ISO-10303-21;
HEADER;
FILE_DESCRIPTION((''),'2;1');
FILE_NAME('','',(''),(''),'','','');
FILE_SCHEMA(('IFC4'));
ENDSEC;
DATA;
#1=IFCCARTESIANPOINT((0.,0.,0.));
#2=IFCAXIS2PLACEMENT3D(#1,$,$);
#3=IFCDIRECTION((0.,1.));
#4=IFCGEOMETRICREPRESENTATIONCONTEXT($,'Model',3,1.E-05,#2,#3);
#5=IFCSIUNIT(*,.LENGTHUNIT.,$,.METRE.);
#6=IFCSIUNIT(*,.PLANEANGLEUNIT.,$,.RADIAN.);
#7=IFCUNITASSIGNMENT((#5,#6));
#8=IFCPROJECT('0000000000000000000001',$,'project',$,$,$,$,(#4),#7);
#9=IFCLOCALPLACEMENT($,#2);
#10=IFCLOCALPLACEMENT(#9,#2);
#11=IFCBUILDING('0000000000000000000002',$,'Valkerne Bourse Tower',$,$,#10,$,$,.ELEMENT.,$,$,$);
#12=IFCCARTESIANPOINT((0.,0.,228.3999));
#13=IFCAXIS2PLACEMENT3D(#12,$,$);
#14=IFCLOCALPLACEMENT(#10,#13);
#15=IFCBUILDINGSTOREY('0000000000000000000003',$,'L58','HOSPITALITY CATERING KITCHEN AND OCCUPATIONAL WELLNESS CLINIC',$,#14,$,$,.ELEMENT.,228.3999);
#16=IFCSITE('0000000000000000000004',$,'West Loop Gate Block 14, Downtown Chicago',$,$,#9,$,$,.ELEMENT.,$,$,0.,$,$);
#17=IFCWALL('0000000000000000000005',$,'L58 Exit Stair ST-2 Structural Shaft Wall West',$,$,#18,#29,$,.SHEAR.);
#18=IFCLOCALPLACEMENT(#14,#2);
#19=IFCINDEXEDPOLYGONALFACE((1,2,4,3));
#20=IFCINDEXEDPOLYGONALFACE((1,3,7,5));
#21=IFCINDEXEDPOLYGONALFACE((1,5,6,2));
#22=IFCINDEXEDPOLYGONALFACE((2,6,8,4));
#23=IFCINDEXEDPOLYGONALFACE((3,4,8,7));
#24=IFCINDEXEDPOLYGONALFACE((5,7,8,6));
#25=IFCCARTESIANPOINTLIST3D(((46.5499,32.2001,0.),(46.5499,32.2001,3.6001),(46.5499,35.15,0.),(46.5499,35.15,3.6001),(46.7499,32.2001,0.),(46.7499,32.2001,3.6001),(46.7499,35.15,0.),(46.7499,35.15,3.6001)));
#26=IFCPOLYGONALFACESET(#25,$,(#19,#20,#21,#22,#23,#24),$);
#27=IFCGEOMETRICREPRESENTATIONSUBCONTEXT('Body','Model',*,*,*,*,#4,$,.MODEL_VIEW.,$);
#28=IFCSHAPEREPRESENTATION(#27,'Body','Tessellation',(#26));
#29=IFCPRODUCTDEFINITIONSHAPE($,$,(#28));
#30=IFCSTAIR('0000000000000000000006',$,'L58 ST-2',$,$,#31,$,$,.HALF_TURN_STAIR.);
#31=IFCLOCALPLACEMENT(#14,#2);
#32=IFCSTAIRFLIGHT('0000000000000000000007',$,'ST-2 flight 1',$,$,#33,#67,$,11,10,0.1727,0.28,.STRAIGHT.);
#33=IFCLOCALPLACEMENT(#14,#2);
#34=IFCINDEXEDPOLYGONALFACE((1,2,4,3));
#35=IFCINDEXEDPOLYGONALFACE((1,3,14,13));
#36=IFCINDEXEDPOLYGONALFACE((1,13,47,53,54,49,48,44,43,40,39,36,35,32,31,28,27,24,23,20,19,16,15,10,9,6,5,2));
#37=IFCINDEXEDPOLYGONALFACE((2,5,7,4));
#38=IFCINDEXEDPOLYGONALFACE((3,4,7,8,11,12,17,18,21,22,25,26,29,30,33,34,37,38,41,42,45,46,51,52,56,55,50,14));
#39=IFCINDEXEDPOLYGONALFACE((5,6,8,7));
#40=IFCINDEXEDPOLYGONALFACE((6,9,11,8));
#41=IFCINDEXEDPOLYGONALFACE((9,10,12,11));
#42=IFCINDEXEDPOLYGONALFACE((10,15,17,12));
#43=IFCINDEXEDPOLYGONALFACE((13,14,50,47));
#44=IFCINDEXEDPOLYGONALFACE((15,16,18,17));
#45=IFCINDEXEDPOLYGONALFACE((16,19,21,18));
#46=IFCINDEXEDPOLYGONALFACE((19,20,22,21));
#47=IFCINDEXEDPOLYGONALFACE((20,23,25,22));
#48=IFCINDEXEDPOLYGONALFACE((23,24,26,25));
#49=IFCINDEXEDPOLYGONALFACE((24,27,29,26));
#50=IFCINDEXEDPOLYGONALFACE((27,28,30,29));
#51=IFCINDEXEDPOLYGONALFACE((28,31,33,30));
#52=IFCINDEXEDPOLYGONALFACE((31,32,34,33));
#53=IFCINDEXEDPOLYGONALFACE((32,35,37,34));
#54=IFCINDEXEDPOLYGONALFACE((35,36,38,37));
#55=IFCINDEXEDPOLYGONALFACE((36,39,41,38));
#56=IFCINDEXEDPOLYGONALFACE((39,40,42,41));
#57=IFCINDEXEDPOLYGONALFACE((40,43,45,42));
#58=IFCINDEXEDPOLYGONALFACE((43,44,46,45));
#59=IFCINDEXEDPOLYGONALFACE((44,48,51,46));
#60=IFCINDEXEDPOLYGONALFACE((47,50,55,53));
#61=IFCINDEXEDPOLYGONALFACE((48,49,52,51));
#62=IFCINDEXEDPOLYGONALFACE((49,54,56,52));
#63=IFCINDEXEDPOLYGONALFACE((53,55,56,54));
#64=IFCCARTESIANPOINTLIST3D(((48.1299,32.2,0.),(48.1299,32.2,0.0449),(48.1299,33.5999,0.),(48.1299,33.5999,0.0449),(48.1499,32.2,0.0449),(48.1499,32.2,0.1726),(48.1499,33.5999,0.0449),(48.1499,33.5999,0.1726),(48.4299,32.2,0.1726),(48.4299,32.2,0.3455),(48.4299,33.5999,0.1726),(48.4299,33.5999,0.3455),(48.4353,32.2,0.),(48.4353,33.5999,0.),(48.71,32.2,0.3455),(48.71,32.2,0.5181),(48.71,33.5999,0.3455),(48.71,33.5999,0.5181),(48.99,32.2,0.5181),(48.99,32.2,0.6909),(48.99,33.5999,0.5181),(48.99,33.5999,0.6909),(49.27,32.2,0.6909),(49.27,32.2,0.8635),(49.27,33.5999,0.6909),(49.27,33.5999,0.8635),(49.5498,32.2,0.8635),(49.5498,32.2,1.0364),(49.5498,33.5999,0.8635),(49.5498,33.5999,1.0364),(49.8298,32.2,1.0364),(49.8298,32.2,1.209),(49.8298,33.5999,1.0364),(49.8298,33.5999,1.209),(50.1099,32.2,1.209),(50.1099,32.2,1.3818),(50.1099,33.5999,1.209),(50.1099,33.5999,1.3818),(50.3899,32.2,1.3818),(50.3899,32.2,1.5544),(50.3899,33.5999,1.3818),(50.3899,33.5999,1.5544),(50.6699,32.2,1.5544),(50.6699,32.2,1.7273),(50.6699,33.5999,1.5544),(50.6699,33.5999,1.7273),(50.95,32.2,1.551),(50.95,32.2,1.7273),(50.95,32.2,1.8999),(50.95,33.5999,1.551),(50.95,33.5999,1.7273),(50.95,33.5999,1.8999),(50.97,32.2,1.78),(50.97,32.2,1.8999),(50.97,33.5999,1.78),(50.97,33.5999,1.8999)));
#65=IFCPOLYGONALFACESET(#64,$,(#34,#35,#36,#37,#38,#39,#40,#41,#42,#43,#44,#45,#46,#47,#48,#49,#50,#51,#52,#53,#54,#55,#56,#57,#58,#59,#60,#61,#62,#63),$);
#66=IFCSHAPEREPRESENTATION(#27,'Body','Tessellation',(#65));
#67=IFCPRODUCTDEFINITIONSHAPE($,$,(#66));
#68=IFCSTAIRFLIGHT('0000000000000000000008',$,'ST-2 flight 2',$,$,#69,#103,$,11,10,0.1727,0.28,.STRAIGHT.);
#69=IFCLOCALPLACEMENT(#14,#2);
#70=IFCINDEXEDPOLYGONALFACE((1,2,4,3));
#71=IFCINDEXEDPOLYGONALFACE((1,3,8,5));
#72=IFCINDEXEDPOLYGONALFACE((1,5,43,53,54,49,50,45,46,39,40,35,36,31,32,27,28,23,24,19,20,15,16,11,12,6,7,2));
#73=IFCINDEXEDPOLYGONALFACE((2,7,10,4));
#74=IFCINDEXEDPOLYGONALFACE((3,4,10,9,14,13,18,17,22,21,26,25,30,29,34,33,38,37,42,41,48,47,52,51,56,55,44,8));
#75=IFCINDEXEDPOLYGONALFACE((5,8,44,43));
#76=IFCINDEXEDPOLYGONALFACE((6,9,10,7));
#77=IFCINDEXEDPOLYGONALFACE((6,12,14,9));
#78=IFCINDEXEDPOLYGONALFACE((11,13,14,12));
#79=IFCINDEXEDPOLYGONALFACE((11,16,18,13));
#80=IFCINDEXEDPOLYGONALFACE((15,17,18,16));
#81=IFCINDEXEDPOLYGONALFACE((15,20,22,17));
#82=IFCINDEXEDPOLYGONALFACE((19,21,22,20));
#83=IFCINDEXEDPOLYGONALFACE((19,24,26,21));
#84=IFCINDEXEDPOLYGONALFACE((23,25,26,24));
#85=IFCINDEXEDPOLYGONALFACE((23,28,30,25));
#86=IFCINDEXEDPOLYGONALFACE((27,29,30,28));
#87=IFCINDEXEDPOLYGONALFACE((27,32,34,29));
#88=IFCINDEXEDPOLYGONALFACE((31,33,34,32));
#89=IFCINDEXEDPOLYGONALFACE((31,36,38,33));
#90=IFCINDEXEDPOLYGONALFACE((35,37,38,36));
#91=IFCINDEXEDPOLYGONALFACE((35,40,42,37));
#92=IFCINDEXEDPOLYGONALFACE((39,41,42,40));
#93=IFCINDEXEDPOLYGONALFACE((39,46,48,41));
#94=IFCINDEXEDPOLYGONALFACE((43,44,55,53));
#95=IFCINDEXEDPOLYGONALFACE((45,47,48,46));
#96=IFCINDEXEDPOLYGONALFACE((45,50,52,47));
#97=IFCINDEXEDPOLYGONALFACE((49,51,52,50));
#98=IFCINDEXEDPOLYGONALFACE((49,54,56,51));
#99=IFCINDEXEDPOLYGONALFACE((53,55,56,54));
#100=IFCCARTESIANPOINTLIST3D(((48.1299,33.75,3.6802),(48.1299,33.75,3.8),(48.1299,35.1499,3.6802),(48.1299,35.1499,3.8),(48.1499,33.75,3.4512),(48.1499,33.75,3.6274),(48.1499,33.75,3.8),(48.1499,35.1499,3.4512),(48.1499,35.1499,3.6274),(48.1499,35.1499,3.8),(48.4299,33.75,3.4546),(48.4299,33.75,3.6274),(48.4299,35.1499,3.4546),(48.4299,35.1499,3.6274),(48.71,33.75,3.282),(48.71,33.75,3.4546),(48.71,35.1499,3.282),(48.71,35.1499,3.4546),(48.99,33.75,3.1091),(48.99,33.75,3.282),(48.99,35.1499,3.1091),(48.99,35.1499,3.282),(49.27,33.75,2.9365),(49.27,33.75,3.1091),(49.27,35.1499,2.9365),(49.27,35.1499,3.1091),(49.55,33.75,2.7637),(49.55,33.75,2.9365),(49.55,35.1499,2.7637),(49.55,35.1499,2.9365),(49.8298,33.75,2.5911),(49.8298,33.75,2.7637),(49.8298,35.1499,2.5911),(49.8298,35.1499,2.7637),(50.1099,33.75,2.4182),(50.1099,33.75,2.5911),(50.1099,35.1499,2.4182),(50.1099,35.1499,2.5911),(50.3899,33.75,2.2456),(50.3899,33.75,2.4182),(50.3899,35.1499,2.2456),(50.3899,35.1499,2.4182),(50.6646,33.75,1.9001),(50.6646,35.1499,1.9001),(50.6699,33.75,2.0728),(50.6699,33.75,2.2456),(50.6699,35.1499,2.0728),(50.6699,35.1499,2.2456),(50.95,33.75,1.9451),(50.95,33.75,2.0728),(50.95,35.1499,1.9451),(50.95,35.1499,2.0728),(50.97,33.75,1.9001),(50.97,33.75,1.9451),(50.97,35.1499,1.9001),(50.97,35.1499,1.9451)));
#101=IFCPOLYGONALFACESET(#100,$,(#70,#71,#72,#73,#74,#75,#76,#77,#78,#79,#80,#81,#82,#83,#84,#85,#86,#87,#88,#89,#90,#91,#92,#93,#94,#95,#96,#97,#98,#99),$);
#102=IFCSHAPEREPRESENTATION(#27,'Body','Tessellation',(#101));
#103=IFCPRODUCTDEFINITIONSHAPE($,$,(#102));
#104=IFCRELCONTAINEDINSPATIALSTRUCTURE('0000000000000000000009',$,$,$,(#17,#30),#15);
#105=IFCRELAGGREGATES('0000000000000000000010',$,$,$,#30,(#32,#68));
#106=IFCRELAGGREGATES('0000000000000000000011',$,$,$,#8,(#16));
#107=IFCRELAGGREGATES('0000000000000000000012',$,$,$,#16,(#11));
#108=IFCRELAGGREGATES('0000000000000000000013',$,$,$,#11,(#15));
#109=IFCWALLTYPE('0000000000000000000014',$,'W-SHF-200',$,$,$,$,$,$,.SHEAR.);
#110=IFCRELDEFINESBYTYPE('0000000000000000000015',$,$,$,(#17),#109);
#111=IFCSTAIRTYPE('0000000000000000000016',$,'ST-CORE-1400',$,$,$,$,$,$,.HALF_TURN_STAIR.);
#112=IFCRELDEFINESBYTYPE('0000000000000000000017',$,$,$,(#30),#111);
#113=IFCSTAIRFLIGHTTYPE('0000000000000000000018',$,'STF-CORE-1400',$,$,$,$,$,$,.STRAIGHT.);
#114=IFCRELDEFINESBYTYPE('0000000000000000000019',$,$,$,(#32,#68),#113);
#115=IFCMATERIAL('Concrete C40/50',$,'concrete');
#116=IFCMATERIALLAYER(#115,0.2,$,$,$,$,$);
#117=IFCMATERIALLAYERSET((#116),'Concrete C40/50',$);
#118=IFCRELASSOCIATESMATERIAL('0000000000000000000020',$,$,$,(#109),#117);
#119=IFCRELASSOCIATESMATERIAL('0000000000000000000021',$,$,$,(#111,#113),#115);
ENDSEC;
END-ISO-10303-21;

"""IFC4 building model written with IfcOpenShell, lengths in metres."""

from ifc_helpers import new_model, si_unit, direction, frame, frame_2d, origin, place, context, subcontext, project, spatial, polyline, rectangle, outline, extrude, material, layer, layer_set, type_object, element, aggregate, save


model = new_model("IFC4")

# Units and contexts
model_context = context("Model", 3, precision=1e-05, world=origin(), true_north=direction((0.0, 1.0)))
body_context = subcontext(model_context, "Body", "Model", "MODEL_VIEW")
ifc_project = project(units=[si_unit("LENGTHUNIT", "METRE"), si_unit("PLANEANGLEUNIT", "RADIAN")], contexts=[model_context])

# Site, building, storey
site_placement = place(None, origin())
site = spatial("IfcSite", under=ifc_project, at=site_placement, Name="West Loop Gate Block 14, Downtown Chicago", CompositionType="ELEMENT", RefElevation=0.0)
building_placement = place(site_placement, origin())
building = spatial("IfcBuilding", under=site, at=building_placement, Name="Valkerne Bourse Tower", CompositionType="ELEMENT")
storey_placement = place(building_placement, frame((0.0, 0.0, 228.3999)))
storey = spatial("IfcBuildingStorey", under=building, at=storey_placement, Name="L58", Description="HOSPITALITY CATERING KITCHEN AND OCCUPATIONAL WELLNESS CLINIC", CompositionType="ELEMENT", Elevation=228.3999)

# Shared definitions
ifc_material_1 = material(Name="Concrete C40/50", Category="concrete")
ifc_layer_1 = layer(ifc_material_1, 0.2)
ifc_layer_set_1 = layer_set([ifc_layer_1], Name="Concrete C40/50")
wall_type_1 = type_object("IfcWallType", Name="W-SHF-200", PredefinedType="SHEAR", material=ifc_layer_set_1)

# Wall
wall_1_placement = place(storey_placement, frame((46.6499, 32.2, 0.0), z_axis=(0.0, 0.0, 1.0), x_axis=(0.0, 1.0, 0.0)))
element("IfcWall", 1, at=wall_1_placement, inside=storey, type_object=wall_type_1, Name="L58 Exit Stair ST-2 Structural Shaft Wall West", PredefinedType="SHEAR", context=body_context, shape_type="SweptSolid", body=[
    extrude(rectangle(XDim=2.95, YDim=0.2, at=frame_2d((1.4751, 0.0))), origin(), (0.0, 0.0, 1.0), 3.6001),
])

# Stair, stair flights
stair_type = type_object("IfcStairType", Name="ST-CORE-1400", PredefinedType="HALF_TURN_STAIR", material=ifc_material_1)
stair_placement = place(storey_placement, origin())
stair = element("IfcStair", 2, at=stair_placement, inside=storey, type_object=stair_type, Name="L58 ST-2", PredefinedType="HALF_TURN_STAIR")
stair_flight_type = type_object("IfcStairFlightType", Name="STF-CORE-1400", PredefinedType="STRAIGHT", material=ifc_material_1)
stair_flight_1_placement = place(storey_placement, frame((48.1499, 32.8999, 0.0), z_axis=(0.0, 0.0, 1.0), x_axis=(1.0, 0.0, 0.0)))
stair_flight_1 = element("IfcStairFlight", 3, at=stair_flight_1_placement, type_object=stair_flight_type, Name="ST-2 flight 1", NumberOfRisers=11, NumberOfTreads=10, PredefinedType="STRAIGHT", RiserHeight=0.1727, TreadLength=0.28, context=body_context, shape_type="SweptSolid", body=[
    extrude(outline(polyline([(-0.02, 0.0), (-0.02, 0.0449), (0.0, 0.0449), (0.0, 0.1726), (0.28, 0.1726), (0.28, 0.3455), (0.5601, 0.3455), (0.5601, 0.5181), (0.8401, 0.5181), (0.8401, 0.6909), (1.1201, 0.6909), (1.1201, 0.8635), (1.3999, 0.8635), (1.3999, 1.0364), (1.6799, 1.0364), (1.6799, 1.209), (1.96, 1.209), (1.96, 1.3818), (2.24, 1.3818), (2.24, 1.5544), (2.52, 1.5544), (2.52, 1.7273), (2.8, 1.7273), (2.8, 1.8999), (2.8201, 1.8999), (2.8201, 1.78), (2.8, 1.551), (0.2854, 0.0), (-0.02, 0.0)])), frame((0.0, 0.7, 0.0), z_axis=(0.0, -1.0, 0.0), x_axis=(1.0, 0.0, 0.0)), (0.0, 0.0, 1.0), 1.3999),
])
stair_flight_2_placement = place(storey_placement, frame((50.95, 34.45, 1.9001), z_axis=(0.0, 0.0, 1.0), x_axis=(-1.0, 0.0, 0.0)))
stair_flight_2 = element("IfcStairFlight", 4, at=stair_flight_2_placement, type_object=stair_flight_type, Name="ST-2 flight 2", NumberOfRisers=11, NumberOfTreads=10, PredefinedType="STRAIGHT", RiserHeight=0.1727, TreadLength=0.28, context=body_context, shape_type="SweptSolid", body=[
    extrude(outline(polyline([(-0.02, 0.0), (-0.02, 0.0449), (0.0, 0.0449), (0.0, 0.1726), (0.28, 0.1726), (0.28, 0.3455), (0.5601, 0.3455), (0.5601, 0.5181), (0.8401, 0.5181), (0.8401, 0.6909), (1.1201, 0.6909), (1.1201, 0.8635), (1.3999, 0.8635), (1.3999, 1.0364), (1.6799, 1.0364), (1.6799, 1.209), (1.96, 1.209), (1.96, 1.3818), (2.24, 1.3818), (2.24, 1.5544), (2.52, 1.5544), (2.52, 1.7273), (2.8, 1.7273), (2.8, 1.8999), (2.8201, 1.8999), (2.8201, 1.78), (2.8, 1.551), (0.2854, 0.0), (-0.02, 0.0)])), frame((0.0, 0.7, 0.0), z_axis=(0.0, -1.0, 0.0), x_axis=(1.0, 0.0, 0.0)), (0.0, 0.0, 1.0), 1.3999),
])
aggregate(stair, [stair_flight_1, stair_flight_2])

save(model, "model.ifc")
